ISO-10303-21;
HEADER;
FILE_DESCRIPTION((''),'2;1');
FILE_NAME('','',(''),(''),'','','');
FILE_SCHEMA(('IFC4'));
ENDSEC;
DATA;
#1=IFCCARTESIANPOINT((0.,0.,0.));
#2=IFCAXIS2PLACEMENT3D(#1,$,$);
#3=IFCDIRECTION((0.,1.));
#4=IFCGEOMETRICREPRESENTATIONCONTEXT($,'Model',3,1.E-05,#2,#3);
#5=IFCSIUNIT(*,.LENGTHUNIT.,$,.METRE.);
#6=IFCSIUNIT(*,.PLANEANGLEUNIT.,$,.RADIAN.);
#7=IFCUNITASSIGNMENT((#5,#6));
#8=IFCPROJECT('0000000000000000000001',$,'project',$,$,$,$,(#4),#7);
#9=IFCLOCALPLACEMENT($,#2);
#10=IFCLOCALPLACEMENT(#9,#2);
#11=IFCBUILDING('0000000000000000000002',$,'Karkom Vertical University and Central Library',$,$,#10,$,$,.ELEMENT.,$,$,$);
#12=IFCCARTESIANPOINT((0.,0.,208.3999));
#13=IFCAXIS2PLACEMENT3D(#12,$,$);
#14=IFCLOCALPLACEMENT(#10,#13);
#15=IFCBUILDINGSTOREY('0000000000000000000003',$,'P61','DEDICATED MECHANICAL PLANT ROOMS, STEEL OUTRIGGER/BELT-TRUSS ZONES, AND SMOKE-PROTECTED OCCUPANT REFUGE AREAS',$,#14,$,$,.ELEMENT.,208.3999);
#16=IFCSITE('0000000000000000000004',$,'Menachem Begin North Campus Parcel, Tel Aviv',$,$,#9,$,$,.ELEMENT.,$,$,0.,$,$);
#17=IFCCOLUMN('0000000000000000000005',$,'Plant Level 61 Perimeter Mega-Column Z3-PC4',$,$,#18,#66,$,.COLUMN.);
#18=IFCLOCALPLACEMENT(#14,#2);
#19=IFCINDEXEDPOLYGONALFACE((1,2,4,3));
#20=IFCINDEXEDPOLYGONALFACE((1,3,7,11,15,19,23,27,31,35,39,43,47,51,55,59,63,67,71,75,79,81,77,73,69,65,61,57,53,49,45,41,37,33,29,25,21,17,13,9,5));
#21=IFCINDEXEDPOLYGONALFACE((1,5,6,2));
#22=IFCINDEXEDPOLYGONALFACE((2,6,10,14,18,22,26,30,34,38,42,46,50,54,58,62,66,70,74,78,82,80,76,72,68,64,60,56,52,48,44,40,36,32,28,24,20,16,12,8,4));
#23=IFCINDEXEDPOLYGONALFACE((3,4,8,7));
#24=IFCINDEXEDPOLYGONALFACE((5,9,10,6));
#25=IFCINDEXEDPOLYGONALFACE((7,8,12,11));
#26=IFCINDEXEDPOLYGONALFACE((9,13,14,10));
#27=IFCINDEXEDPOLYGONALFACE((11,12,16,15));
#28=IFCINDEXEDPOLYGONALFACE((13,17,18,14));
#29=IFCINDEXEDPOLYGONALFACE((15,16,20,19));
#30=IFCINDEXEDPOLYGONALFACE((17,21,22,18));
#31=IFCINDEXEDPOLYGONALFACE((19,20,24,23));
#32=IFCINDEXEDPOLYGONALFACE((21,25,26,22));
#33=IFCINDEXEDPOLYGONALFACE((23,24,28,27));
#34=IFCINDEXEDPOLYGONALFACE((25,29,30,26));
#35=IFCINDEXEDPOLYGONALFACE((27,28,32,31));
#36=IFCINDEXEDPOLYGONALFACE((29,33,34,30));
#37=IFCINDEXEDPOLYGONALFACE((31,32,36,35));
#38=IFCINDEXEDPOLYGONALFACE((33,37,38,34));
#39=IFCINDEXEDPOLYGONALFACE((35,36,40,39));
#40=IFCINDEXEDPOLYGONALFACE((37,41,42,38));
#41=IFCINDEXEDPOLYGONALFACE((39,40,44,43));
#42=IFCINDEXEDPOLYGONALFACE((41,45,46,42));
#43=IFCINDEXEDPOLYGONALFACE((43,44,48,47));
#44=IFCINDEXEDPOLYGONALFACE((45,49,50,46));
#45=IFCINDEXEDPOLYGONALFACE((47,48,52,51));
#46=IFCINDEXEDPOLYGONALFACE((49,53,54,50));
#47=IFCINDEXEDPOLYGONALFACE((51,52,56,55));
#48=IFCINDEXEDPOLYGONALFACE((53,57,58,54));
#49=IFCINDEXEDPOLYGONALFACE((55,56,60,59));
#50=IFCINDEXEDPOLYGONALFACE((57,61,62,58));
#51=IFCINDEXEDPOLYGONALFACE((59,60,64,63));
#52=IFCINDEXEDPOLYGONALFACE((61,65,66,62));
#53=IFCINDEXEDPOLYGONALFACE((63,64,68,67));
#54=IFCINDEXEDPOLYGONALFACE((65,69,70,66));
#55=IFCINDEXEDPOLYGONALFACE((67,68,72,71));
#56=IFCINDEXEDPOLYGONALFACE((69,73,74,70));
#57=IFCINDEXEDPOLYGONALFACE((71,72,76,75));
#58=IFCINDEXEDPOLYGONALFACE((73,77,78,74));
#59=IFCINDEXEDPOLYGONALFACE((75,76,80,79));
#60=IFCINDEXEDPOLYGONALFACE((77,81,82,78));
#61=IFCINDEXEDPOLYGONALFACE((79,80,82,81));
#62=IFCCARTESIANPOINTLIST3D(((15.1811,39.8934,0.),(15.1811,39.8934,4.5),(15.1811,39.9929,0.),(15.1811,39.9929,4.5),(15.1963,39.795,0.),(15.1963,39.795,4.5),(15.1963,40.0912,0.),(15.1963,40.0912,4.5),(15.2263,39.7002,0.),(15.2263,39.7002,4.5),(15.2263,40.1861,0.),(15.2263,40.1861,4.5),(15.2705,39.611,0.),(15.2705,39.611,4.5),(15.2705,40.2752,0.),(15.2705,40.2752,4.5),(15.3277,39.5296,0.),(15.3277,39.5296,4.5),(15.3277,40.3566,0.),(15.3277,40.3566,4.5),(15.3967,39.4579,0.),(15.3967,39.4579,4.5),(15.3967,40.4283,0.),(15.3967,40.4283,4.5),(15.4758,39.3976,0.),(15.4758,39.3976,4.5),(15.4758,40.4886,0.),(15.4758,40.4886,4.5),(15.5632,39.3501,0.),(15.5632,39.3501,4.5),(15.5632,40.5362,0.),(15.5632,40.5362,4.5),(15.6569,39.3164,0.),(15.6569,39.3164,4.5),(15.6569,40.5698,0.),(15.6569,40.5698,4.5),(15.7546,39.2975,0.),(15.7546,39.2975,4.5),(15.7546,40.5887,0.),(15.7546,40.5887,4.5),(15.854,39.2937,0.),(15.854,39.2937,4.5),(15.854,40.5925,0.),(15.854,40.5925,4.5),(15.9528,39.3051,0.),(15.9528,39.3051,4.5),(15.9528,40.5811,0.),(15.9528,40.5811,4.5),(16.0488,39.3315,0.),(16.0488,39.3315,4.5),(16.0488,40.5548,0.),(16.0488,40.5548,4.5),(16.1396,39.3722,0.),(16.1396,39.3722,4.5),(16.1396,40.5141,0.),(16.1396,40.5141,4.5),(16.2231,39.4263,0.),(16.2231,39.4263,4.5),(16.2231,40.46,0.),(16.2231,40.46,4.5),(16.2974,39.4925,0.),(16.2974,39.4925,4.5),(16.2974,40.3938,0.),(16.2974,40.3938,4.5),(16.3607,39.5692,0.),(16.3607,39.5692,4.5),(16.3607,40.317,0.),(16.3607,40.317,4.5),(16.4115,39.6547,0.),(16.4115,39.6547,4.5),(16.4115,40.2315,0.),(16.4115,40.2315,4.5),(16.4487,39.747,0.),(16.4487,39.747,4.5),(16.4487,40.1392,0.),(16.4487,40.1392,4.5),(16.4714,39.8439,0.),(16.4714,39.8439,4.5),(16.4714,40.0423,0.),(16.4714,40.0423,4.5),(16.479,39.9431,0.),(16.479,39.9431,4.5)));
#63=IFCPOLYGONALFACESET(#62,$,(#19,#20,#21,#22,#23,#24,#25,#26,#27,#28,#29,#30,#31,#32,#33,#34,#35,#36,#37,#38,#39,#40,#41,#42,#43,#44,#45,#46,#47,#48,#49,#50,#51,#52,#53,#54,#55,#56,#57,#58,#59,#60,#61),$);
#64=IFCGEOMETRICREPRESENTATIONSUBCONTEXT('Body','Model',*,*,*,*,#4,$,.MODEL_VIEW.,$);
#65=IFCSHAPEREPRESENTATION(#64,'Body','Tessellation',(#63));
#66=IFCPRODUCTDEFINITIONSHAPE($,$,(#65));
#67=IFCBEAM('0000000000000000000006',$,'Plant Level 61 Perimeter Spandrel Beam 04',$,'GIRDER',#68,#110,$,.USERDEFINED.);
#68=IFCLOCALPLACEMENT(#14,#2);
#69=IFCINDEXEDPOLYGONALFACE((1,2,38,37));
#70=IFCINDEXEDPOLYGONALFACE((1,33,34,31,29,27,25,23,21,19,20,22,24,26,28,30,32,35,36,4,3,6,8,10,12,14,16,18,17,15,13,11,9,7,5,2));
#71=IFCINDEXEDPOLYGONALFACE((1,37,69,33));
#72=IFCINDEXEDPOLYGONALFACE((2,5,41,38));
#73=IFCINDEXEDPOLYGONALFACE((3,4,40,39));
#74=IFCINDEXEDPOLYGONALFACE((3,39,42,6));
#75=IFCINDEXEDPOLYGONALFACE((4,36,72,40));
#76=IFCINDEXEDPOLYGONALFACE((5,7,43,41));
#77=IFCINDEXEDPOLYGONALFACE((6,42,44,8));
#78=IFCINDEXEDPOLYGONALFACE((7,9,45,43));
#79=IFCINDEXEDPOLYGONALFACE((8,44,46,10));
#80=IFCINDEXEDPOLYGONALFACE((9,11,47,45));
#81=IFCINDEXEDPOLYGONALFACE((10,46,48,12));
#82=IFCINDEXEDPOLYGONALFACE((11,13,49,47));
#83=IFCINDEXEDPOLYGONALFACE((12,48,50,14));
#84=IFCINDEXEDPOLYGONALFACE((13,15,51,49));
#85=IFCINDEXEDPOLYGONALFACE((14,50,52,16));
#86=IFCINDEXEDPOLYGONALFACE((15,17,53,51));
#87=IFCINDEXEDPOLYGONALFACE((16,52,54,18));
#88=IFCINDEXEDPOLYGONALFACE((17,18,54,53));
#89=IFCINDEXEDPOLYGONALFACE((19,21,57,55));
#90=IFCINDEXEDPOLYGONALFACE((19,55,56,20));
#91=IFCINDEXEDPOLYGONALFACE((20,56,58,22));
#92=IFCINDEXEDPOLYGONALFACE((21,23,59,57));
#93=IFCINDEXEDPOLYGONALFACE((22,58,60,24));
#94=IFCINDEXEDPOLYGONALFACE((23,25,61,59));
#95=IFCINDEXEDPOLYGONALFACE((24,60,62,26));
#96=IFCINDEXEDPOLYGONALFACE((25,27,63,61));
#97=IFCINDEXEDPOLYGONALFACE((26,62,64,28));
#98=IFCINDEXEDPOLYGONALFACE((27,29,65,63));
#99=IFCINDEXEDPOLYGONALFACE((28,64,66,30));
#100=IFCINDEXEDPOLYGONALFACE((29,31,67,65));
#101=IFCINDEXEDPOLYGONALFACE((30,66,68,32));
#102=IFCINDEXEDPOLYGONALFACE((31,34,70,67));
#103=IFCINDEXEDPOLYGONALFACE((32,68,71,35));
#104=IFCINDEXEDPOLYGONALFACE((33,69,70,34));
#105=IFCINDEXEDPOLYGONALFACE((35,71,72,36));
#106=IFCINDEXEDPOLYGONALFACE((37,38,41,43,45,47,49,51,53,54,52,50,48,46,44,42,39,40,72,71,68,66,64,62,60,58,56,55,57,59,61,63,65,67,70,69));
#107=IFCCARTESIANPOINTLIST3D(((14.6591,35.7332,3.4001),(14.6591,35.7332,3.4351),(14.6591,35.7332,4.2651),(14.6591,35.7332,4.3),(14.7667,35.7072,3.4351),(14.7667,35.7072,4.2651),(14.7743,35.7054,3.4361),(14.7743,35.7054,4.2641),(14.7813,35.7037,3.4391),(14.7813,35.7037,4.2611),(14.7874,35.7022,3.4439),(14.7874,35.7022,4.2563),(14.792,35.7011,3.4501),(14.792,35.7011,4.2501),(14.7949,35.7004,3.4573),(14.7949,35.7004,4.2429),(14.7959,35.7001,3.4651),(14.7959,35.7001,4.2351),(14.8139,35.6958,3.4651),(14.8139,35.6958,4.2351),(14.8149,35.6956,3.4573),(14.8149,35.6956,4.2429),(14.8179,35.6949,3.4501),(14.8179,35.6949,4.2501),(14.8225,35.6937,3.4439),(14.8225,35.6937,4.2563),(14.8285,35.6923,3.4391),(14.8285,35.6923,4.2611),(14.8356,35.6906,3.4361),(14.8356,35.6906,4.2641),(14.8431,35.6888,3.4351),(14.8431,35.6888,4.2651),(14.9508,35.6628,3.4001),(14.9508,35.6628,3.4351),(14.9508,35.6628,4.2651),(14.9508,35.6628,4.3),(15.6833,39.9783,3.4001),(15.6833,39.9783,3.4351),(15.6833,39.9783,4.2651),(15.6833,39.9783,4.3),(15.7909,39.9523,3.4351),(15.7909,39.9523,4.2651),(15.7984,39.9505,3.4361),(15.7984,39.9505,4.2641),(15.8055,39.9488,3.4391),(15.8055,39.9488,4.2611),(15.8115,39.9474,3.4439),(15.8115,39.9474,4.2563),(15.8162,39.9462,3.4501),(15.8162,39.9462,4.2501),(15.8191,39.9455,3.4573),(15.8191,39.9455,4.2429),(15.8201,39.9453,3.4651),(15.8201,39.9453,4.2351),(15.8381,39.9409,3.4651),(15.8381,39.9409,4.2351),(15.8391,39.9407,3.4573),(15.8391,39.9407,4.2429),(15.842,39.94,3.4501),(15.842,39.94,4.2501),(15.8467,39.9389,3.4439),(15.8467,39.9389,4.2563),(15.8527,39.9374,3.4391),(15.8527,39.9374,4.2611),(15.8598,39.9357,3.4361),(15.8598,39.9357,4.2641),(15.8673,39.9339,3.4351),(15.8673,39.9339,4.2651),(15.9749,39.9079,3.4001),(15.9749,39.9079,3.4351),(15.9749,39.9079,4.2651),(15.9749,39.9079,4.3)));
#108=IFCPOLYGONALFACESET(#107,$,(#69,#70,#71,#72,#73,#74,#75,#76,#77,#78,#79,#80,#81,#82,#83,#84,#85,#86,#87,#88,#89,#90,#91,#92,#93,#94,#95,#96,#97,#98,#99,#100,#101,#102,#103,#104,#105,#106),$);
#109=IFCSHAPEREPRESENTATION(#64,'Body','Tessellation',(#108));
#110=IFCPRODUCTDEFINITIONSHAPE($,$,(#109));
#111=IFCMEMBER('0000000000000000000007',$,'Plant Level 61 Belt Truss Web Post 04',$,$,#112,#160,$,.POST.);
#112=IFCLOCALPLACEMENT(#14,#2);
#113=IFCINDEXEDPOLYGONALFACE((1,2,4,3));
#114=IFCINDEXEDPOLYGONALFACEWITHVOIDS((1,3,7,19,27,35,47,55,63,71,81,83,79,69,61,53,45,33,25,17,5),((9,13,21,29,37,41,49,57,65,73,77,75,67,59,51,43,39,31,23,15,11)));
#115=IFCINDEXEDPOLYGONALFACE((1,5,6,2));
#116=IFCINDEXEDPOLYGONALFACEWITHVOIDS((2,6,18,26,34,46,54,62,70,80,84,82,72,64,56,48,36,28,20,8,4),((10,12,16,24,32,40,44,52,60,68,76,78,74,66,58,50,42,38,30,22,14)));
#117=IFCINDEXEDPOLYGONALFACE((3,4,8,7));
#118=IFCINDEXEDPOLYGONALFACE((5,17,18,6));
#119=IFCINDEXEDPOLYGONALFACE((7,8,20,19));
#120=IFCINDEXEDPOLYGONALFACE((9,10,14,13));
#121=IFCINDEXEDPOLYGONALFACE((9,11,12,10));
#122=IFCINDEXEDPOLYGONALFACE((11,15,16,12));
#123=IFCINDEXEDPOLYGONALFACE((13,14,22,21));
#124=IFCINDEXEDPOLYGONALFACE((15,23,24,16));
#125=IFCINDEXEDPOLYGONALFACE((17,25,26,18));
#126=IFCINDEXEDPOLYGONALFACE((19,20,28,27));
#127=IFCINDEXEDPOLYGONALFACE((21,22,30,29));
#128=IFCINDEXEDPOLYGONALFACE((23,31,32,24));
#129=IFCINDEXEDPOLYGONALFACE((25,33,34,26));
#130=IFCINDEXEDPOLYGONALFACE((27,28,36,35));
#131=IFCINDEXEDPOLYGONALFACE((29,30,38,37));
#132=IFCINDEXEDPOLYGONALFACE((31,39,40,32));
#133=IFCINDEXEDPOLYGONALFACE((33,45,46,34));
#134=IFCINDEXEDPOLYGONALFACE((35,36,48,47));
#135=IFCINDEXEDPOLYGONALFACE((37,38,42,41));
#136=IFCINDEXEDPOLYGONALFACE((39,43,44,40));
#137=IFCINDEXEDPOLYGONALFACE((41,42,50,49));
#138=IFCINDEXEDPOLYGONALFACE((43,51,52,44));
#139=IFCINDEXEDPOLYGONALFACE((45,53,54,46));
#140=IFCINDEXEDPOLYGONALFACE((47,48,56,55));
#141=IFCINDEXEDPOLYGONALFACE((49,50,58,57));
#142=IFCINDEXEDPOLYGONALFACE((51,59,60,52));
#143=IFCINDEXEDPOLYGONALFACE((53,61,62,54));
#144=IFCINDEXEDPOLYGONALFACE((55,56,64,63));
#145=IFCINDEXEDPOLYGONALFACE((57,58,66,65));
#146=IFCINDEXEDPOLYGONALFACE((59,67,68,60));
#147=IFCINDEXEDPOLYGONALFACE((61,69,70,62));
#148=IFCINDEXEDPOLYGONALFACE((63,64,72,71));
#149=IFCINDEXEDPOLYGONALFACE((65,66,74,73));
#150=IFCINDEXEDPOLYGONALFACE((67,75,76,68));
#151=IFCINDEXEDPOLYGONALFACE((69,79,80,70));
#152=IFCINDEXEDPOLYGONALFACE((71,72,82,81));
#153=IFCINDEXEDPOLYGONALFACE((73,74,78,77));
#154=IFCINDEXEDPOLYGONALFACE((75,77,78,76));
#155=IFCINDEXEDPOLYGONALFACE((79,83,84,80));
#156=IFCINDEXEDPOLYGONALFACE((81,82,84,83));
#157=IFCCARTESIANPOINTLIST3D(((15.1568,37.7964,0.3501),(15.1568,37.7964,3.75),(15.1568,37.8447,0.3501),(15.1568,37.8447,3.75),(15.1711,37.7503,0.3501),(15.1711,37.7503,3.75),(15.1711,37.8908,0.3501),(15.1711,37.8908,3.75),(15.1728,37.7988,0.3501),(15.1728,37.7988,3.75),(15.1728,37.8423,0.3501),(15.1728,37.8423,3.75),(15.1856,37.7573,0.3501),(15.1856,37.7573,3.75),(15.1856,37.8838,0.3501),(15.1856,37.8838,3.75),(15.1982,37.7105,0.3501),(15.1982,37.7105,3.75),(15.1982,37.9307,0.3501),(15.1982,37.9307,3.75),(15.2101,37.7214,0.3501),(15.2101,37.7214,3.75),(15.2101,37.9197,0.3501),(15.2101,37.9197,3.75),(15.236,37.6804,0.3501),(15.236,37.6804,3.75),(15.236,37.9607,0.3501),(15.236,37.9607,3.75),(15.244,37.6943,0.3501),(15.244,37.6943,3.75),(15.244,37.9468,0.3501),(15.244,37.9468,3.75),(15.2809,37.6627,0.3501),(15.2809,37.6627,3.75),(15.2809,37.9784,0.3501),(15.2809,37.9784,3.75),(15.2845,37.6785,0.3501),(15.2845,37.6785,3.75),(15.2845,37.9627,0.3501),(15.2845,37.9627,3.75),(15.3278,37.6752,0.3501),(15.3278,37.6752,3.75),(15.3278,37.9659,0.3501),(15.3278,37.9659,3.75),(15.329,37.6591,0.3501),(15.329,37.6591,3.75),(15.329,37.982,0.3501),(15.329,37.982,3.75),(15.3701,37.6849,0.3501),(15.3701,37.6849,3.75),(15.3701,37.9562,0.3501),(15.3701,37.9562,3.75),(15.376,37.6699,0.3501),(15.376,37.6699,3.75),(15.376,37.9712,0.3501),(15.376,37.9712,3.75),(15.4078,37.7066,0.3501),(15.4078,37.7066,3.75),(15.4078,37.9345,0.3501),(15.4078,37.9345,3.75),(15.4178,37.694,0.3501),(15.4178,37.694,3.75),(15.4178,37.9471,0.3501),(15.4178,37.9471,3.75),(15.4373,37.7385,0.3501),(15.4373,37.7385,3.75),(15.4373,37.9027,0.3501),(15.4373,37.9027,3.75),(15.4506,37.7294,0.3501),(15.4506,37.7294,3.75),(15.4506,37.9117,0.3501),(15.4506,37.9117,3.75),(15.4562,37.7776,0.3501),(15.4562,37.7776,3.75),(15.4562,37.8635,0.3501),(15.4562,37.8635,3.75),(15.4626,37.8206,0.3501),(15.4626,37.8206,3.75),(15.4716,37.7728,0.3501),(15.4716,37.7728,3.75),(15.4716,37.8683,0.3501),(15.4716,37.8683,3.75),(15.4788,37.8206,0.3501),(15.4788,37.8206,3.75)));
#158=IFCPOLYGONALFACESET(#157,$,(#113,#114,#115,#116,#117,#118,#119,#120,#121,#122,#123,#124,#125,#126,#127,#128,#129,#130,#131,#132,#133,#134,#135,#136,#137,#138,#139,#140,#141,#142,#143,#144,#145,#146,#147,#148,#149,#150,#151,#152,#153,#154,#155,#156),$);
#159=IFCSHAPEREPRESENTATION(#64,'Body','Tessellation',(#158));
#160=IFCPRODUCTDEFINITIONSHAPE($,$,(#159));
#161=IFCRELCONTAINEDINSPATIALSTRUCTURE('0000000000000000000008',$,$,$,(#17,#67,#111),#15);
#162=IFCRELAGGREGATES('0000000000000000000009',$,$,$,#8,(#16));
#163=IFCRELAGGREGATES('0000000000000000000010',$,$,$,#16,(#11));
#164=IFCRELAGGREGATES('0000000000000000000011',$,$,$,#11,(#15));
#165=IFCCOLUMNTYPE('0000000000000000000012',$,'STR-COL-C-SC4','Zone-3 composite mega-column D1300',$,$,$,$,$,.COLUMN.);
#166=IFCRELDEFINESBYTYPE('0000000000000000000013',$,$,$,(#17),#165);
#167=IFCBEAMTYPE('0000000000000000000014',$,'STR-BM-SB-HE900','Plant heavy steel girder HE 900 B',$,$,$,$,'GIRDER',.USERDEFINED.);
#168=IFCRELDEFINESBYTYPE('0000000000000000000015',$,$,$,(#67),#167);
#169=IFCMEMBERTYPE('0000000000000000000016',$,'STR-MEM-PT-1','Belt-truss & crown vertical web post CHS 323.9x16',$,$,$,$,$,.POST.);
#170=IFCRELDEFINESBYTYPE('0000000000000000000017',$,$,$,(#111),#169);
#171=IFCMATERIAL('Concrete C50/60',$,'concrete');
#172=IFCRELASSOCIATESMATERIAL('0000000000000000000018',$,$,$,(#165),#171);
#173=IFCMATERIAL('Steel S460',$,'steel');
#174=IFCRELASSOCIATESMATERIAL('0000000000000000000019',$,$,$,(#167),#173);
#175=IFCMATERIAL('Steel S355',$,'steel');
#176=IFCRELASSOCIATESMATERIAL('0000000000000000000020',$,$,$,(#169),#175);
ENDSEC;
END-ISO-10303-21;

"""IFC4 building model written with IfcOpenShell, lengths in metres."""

from ifc_helpers import new_model, si_unit, direction, frame, origin, origin_with_axes, origin_2d, place, context, subcontext, project, spatial, circle, hollow_circle, i_section, extrude, source, transform, mapped, material, material_profile, profile_set, type_object, element, save


model = new_model("IFC4")

# Units and contexts
model_context = context("Model", 3, precision=1e-05, world=origin(), true_north=direction((0.0, 1.0)))
body_context = subcontext(model_context, "Body", "Model", "MODEL_VIEW")
ifc_project = project(units=[si_unit("LENGTHUNIT", "METRE"), si_unit("PLANEANGLEUNIT", "RADIAN")], contexts=[model_context])

# Site, building, storey
site_placement = place(None, origin())
site = spatial("IfcSite", under=ifc_project, at=site_placement, Name="Menachem Begin North Campus Parcel, Tel Aviv", CompositionType="ELEMENT", RefElevation=0.0)
building_placement = place(site_placement, origin())
building = spatial("IfcBuilding", under=site, at=building_placement, Name="Karkom Vertical University and Central Library", CompositionType="ELEMENT")
storey_placement = place(building_placement, frame((0.0, 0.0, 208.3999)))
storey = spatial("IfcBuildingStorey", under=building, at=storey_placement, Name="P61", Description="DEDICATED MECHANICAL PLANT ROOMS, STEEL OUTRIGGER/BELT-TRUSS ZONES, AND SMOKE-PROTECTED OCCUPANT REFUGE AREAS", CompositionType="ELEMENT", Elevation=208.3999)

# Column
ifc_material_1 = material(Name="Concrete C50/60", Category="concrete")
ifc_material_profile_1 = material_profile(ifc_material_1, circle(Radius=0.6499, at=origin_2d()), Name="CFT-D1300")
ifc_profile_set_1 = profile_set([ifc_material_profile_1], Name="Concrete C50/60")
column_type = type_object("IfcColumnType", Name="STR-COL-C-SC4", Description="Zone-3 composite mega-column D1300", PredefinedType="COLUMN", material=ifc_profile_set_1)
shared_shape_1 = source(origin_with_axes(), body_context, "Body", "SweptSolid", [
    extrude(circle(Radius=0.6499, at=origin_2d()), origin(), (0.0, 0.0, 1.0), 4.5),
])
column_placement = place(storey_placement, frame((15.8291, 39.9431, 0.0), z_axis=(0.0, 0.0, 1.0), x_axis=(1.0, 0.0, 0.0)))
element("IfcColumn", 1, at=column_placement, inside=storey, type_object=column_type, Name="Plant Level 61 Perimeter Mega-Column Z3-PC4", PredefinedType="COLUMN", context=body_context, shape_type="MappedRepresentation", body=[
    mapped(shared_shape_1, transform((0.0, 0.0, 0.0), scale=1.0)),
])

# Beam
ifc_material_2 = material(Name="Steel S460", Category="steel")
ifc_material_profile_2 = material_profile(ifc_material_2, i_section(OverallWidth=0.3, OverallDepth=0.8999, WebThickness=0.0186, FlangeThickness=0.0349, FilletRadius=0.03, at=origin_2d()), Name="HE 900 B")
ifc_profile_set_2 = profile_set([ifc_material_profile_2], Name="Steel S460")
beam_type = type_object("IfcBeamType", Name="STR-BM-SB-HE900", Description="Plant heavy steel girder HE 900 B", ElementType="GIRDER", PredefinedType="USERDEFINED", material=ifc_profile_set_2)
shared_shape_2 = source(origin_with_axes(), body_context, "Body", "SweptSolid", [
    extrude(i_section(OverallWidth=0.3, OverallDepth=0.8999, WebThickness=0.0186, FlangeThickness=0.0349, FilletRadius=0.03, at=origin_2d()), origin(), (0.0, 0.0, 1.0), 4.3669),
])
beam_placement = place(storey_placement, frame((15.8291, 39.9431, 3.8501), z_axis=(-0.234529, -0.972109, 0.0), x_axis=(0.972109, -0.234529, 0.0)))
element("IfcBeam", 2, at=beam_placement, inside=storey, type_object=beam_type, Name="Plant Level 61 Perimeter Spandrel Beam 04", ObjectType="GIRDER", PredefinedType="USERDEFINED", context=body_context, shape_type="MappedRepresentation", body=[
    mapped(shared_shape_2, transform((0.0, 0.0, 0.0), scale=1.0)),
])

# Member
ifc_material_3 = material(Name="Steel S355", Category="steel")
ifc_material_profile_3 = material_profile(ifc_material_3, hollow_circle(Radius=0.1619, WallThickness=0.0161, at=origin_2d()), Name="CHS 323.9x16")
ifc_profile_set_3 = profile_set([ifc_material_profile_3], Name="Steel S355")
member_type_1 = type_object("IfcMemberType", Name="STR-MEM-PT-1", Description="Belt-truss & crown vertical web post CHS 323.9x16", PredefinedType="POST", material=ifc_profile_set_3)
shared_shape_3 = source(origin_with_axes(), body_context, "Body", "SweptSolid", [
    extrude(hollow_circle(Radius=0.1619, WallThickness=0.0161, at=origin_2d()), origin(), (0.0, 0.0, 1.0), 3.3999),
])
member_1_placement = place(storey_placement, frame((15.3169, 37.8206, 0.3501), z_axis=(0.0, 0.0, 1.0), x_axis=(1.0, 0.0, 0.0)))
element("IfcMember", 3, at=member_1_placement, inside=storey, type_object=member_type_1, Name="Plant Level 61 Belt Truss Web Post 04", PredefinedType="POST", context=body_context, shape_type="MappedRepresentation", body=[
    mapped(shared_shape_3, transform((0.0, 0.0, 0.0), scale=1.0)),
])

save(model, "model.ifc")
